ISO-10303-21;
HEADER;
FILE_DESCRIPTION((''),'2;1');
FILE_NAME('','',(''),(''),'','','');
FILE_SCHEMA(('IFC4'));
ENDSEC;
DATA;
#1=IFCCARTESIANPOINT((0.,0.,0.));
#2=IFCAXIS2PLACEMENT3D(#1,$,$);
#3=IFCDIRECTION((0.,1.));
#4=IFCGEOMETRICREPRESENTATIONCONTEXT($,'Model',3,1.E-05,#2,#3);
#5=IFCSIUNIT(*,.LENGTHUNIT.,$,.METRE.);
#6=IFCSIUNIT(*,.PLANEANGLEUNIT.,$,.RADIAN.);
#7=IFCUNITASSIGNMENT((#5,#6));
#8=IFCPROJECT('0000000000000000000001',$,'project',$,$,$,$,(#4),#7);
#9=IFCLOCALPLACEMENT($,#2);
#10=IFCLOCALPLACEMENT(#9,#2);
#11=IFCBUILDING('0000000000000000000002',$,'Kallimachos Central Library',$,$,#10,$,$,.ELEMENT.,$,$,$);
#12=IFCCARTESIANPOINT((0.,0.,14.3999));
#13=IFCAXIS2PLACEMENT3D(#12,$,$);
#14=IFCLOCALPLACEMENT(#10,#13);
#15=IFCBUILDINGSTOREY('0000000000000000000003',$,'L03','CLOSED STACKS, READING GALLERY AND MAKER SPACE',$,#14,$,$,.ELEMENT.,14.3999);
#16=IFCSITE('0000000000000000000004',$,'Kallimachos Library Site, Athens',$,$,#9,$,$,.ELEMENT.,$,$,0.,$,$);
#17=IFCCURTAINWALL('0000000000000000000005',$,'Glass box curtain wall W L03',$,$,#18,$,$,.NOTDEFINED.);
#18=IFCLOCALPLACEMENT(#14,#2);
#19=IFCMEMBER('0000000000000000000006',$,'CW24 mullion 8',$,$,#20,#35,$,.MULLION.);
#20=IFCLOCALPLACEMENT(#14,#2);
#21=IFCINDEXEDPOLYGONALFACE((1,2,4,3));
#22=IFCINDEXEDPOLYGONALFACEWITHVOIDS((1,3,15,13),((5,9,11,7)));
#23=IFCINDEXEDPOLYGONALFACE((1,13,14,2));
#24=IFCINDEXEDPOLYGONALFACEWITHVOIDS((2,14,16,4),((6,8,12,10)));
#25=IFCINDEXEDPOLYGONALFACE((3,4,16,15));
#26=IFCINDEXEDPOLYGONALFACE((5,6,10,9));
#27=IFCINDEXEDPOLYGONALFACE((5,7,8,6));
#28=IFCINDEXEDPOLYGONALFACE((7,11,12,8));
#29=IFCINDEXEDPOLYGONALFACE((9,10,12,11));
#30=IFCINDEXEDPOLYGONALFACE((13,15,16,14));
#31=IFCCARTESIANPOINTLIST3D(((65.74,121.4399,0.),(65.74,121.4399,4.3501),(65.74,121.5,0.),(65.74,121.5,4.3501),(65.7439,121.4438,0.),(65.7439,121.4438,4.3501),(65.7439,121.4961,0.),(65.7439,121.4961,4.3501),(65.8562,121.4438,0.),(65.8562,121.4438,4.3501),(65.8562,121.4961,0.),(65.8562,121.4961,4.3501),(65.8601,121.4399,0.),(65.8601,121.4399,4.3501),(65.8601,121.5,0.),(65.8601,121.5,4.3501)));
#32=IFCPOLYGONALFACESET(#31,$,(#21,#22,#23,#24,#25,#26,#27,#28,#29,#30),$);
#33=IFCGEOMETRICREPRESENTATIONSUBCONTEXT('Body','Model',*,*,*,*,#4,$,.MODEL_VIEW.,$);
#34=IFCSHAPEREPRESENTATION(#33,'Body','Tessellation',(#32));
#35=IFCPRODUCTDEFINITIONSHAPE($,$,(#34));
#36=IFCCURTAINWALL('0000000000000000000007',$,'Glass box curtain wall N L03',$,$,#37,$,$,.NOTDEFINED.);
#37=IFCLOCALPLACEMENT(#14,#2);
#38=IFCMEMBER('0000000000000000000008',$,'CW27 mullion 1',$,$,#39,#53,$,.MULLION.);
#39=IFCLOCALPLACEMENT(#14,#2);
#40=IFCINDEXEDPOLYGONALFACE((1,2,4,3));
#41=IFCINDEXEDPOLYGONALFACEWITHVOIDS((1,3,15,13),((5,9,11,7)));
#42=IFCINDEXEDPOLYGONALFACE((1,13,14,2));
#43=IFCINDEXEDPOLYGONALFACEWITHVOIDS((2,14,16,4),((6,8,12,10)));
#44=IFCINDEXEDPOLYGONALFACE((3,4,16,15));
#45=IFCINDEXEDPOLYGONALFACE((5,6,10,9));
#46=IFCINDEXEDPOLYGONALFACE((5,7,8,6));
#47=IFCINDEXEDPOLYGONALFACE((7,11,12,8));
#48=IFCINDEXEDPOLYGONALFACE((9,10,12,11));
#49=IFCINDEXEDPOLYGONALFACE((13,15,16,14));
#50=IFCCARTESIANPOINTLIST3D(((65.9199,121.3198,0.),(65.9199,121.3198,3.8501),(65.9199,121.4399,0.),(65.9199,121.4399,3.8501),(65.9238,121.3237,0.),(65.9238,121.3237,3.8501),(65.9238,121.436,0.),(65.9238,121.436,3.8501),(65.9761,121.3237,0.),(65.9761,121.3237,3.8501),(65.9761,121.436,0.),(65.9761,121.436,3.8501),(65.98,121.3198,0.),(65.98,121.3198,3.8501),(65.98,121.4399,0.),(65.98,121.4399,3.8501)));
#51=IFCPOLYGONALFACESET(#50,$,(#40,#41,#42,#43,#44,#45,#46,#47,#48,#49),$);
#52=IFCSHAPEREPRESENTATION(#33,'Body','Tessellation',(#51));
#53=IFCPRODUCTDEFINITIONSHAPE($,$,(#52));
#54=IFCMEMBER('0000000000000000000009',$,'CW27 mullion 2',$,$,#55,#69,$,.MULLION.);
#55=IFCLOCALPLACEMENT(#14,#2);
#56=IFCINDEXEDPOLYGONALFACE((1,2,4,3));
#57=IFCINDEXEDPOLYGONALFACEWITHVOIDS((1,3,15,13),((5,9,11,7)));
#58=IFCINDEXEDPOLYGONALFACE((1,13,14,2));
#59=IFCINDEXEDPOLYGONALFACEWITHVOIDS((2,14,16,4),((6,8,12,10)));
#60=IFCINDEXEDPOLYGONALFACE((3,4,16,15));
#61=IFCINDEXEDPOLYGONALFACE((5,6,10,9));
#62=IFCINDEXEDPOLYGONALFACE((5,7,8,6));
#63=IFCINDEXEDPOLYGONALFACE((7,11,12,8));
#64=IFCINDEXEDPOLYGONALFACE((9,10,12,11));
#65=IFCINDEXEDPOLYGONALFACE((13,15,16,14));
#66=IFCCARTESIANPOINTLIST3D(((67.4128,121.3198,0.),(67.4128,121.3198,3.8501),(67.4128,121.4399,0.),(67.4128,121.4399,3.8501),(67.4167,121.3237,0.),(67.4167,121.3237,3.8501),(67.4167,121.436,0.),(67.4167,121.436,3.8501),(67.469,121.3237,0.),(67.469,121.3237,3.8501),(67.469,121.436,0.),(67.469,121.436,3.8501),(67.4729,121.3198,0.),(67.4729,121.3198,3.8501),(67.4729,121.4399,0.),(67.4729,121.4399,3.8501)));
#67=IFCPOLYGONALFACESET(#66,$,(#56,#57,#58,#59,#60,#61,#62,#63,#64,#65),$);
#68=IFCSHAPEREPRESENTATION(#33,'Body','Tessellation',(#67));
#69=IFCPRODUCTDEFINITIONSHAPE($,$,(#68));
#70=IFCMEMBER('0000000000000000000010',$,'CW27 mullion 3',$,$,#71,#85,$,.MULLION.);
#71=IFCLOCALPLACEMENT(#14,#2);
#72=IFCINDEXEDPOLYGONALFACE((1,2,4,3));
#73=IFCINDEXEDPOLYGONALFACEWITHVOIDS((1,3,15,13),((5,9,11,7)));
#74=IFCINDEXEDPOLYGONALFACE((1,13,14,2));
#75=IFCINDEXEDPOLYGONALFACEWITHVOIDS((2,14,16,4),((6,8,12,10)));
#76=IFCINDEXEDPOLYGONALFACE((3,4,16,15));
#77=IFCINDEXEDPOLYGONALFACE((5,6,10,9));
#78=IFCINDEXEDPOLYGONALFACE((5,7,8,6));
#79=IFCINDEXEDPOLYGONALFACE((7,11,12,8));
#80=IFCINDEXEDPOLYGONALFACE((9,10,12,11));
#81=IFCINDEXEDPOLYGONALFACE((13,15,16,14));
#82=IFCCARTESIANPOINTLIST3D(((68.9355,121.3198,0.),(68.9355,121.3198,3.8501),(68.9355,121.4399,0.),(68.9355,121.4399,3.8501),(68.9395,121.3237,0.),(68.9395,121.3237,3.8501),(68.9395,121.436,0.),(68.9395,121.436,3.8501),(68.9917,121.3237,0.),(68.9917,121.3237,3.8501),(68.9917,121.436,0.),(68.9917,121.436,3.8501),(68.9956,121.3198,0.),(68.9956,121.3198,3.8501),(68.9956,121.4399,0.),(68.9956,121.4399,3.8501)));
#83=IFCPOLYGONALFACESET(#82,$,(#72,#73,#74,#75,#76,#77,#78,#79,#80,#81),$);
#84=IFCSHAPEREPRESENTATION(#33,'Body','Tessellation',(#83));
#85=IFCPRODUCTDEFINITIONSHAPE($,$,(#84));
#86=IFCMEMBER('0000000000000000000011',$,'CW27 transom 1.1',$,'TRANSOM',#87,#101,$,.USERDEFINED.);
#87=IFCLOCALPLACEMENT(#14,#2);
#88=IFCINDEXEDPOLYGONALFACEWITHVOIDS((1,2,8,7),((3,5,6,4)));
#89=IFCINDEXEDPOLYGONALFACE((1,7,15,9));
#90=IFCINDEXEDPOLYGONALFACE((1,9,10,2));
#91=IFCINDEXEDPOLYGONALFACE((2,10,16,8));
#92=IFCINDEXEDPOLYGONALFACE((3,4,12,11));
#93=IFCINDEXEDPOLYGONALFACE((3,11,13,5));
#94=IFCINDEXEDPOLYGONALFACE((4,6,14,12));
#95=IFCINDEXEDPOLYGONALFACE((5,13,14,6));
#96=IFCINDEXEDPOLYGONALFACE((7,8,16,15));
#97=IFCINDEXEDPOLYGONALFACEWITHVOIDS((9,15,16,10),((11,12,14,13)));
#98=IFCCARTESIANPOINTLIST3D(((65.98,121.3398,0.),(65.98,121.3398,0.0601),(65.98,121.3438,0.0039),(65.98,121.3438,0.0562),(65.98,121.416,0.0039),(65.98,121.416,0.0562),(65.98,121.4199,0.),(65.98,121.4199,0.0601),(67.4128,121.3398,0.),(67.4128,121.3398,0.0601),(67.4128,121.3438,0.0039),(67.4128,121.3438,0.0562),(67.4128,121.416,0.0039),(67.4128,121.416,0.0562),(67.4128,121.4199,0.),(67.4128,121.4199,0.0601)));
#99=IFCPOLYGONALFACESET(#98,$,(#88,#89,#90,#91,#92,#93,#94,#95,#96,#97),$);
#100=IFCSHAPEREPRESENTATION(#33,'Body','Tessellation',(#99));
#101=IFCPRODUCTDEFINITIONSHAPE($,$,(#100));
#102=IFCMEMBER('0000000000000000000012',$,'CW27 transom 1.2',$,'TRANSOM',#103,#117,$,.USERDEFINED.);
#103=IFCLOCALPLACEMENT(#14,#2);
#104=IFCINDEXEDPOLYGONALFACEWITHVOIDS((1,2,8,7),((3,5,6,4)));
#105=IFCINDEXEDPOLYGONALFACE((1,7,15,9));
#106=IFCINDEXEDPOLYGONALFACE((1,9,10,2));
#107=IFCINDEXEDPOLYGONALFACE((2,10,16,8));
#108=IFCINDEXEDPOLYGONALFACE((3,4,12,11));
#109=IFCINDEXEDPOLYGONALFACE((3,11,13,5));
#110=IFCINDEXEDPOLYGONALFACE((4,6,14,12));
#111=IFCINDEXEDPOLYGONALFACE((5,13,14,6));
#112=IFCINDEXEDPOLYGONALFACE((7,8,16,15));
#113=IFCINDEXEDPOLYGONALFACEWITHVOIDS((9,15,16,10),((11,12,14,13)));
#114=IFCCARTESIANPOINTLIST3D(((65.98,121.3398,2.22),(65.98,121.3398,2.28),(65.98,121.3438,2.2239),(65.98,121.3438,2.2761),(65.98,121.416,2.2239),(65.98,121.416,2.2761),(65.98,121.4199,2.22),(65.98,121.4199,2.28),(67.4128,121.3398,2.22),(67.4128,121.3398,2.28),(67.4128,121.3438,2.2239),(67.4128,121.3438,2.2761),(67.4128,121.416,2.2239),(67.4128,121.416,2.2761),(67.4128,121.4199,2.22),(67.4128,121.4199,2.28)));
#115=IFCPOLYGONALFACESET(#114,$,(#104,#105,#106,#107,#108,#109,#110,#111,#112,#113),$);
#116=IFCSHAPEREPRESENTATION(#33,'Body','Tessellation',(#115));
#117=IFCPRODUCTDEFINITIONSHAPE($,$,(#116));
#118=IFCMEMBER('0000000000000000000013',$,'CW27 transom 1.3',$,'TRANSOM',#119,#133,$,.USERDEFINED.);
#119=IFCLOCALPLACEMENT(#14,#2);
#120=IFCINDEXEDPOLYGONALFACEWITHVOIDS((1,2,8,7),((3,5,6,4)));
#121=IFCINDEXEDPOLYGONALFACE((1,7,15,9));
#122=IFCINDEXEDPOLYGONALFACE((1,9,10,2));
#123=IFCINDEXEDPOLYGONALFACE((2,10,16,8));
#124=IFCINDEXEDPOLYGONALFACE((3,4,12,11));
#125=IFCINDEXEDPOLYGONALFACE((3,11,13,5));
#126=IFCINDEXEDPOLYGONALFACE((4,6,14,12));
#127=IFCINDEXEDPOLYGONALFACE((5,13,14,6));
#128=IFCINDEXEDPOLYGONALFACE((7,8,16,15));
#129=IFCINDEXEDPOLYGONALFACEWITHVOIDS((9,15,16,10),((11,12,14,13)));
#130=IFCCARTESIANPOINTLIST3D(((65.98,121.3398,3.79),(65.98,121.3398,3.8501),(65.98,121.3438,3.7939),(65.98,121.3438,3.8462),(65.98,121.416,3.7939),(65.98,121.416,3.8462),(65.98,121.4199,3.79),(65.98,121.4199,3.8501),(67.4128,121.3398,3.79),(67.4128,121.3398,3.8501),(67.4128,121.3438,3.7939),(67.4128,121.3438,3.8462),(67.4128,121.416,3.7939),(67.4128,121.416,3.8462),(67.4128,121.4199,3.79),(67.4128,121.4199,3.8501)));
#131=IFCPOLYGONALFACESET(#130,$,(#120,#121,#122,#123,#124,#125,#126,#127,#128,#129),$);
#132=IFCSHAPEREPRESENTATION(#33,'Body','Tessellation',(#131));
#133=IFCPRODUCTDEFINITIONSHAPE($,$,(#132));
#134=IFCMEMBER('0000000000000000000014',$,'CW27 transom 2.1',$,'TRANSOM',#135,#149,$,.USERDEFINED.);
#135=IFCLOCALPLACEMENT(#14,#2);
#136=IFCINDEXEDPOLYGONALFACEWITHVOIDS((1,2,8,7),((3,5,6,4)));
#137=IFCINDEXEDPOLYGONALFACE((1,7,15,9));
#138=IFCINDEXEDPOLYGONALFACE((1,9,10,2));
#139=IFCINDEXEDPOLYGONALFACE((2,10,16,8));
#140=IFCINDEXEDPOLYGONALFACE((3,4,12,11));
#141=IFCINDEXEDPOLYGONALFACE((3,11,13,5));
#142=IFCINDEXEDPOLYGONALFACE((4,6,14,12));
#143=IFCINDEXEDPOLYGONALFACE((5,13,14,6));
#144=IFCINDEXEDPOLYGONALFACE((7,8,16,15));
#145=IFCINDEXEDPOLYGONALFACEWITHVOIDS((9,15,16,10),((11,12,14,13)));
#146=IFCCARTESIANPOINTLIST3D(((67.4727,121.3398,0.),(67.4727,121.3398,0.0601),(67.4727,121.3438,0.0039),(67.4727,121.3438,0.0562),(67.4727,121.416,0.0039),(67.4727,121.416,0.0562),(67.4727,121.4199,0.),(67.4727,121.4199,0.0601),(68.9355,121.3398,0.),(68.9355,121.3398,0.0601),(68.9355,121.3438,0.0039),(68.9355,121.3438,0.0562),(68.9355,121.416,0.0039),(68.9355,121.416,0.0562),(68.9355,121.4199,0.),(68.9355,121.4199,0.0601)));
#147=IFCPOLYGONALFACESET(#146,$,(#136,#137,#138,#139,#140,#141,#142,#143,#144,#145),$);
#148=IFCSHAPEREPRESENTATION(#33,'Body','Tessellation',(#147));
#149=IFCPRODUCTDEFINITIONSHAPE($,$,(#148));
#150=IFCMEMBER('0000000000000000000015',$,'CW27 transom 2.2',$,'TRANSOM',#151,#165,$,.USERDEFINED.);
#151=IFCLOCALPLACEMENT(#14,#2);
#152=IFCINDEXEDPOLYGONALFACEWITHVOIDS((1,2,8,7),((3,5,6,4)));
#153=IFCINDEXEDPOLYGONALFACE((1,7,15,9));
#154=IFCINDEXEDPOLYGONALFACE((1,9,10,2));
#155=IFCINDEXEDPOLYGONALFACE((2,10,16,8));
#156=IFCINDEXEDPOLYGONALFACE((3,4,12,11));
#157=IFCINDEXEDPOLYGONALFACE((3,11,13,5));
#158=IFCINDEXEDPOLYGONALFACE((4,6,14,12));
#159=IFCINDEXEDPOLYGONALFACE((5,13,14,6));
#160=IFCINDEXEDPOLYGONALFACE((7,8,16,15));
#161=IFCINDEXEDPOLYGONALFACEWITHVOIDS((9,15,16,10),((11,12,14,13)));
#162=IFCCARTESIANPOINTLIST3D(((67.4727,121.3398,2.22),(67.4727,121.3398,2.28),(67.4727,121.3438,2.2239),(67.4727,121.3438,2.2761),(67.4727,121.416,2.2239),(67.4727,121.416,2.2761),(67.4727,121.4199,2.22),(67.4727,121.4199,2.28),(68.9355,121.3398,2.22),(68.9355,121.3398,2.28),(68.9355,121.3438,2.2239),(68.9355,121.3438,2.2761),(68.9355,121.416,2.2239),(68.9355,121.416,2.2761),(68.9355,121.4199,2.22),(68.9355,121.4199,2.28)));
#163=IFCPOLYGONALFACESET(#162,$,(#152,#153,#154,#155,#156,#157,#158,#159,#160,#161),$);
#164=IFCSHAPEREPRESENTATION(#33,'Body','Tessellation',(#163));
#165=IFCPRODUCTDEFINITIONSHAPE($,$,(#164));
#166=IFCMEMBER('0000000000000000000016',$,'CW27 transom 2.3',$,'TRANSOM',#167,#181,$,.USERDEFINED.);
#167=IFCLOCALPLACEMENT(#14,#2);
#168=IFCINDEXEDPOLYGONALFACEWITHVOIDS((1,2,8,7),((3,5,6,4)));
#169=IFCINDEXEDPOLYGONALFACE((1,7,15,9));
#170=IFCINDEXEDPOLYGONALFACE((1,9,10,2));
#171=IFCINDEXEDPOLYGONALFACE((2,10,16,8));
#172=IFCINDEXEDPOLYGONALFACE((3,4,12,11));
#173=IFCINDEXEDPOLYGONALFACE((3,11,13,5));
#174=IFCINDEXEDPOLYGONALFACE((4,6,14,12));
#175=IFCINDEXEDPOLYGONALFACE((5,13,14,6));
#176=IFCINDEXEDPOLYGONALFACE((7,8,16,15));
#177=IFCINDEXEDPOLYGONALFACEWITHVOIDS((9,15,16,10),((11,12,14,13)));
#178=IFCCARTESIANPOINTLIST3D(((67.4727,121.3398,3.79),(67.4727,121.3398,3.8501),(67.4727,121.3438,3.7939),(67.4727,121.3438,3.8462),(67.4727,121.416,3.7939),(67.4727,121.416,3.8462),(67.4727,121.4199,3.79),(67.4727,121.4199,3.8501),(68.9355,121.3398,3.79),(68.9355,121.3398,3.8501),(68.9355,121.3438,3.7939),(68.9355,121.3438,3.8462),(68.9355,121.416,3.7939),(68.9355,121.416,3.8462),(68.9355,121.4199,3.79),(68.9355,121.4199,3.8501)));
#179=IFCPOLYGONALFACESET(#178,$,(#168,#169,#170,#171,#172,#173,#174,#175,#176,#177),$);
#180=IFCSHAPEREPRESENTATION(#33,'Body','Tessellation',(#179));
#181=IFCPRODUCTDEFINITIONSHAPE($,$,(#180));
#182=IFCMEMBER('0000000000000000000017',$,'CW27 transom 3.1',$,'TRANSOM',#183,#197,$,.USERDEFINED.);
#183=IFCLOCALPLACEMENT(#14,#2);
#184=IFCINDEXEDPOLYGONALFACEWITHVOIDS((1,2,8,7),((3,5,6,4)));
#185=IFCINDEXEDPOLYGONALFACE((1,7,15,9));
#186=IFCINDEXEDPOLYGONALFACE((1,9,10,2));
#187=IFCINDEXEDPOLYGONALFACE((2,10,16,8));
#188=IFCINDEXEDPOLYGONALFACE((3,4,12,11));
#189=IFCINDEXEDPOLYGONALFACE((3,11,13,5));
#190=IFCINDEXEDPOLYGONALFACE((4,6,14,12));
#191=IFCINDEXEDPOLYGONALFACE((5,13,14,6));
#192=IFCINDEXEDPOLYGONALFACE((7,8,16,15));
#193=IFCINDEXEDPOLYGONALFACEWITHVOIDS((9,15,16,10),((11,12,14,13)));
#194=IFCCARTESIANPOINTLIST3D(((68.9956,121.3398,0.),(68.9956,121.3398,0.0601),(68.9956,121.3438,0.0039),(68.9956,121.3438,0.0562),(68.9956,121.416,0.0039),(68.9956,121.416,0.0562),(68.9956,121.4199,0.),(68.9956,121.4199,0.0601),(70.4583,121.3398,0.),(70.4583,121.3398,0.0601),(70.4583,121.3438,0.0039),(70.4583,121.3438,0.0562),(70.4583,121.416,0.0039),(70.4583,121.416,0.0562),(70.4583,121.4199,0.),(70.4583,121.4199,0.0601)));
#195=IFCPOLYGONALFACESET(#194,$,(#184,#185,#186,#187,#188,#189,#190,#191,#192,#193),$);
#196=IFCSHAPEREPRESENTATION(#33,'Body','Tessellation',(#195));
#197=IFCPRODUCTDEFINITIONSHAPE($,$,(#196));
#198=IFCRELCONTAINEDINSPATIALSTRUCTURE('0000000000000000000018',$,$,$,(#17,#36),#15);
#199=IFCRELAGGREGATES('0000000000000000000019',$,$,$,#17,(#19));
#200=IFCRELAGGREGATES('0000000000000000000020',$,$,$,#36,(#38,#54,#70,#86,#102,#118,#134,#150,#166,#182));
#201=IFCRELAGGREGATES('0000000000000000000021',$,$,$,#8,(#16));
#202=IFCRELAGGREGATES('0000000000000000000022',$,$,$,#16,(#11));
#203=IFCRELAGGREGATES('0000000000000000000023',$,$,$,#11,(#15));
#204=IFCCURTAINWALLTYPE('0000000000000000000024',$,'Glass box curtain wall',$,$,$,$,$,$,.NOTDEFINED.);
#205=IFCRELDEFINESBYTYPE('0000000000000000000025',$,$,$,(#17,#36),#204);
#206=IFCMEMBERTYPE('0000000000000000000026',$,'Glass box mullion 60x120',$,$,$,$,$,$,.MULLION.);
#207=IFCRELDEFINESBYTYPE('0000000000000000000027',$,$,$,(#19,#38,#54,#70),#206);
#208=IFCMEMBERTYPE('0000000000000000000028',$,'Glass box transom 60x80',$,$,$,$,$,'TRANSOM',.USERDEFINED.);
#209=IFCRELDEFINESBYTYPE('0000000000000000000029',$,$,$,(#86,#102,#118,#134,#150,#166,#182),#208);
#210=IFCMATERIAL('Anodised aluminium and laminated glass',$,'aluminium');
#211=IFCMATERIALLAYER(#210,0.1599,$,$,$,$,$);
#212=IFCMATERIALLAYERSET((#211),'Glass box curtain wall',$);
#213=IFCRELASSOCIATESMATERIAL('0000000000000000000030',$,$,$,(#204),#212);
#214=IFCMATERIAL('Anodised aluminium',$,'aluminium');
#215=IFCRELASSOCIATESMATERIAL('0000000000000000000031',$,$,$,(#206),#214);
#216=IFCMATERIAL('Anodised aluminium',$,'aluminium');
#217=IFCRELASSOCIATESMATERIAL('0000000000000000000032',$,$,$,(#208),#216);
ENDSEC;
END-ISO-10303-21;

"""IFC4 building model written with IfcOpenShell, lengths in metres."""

from ifc_helpers import new_model, si_unit, direction, frame, origin, origin_2d, place, context, subcontext, project, spatial, hollow_rectangle, extrude, material, layer, layer_set, material_profile, profile_set, type_object, element, aggregate, save


model = new_model("IFC4")

# Units and contexts
model_context = context("Model", 3, precision=1e-05, world=origin(), true_north=direction((0.0, 1.0)))
body_context = subcontext(model_context, "Body", "Model", "MODEL_VIEW")
ifc_project = project(units=[si_unit("LENGTHUNIT", "METRE"), si_unit("PLANEANGLEUNIT", "RADIAN")], contexts=[model_context])

# Site, building, storey
site_placement = place(None, origin())
site = spatial("IfcSite", under=ifc_project, at=site_placement, Name="Kallimachos Library Site, Athens", CompositionType="ELEMENT", RefElevation=0.0)
building_placement = place(site_placement, origin())
building = spatial("IfcBuilding", under=site, at=building_placement, Name="Kallimachos Central Library", CompositionType="ELEMENT")
storey_placement = place(building_placement, frame((0.0, 0.0, 14.3999)))
storey = spatial("IfcBuildingStorey", under=building, at=storey_placement, Name="L03", Description="CLOSED STACKS, READING GALLERY AND MAKER SPACE", CompositionType="ELEMENT", Elevation=14.3999)

# Curtain wall, member
ifc_material_1 = material(Name="Anodised aluminium and laminated glass", Category="aluminium")
ifc_layer_1 = layer(ifc_material_1, 0.1599)
ifc_layer_set_1 = layer_set([ifc_layer_1], Name="Glass box curtain wall")
curtain_wall_type = type_object("IfcCurtainWallType", Name="Glass box curtain wall", PredefinedType="NOTDEFINED", material=ifc_layer_set_1)
curtain_wall_1_placement = place(storey_placement, origin())
curtain_wall_1 = element("IfcCurtainWall", 1, at=curtain_wall_1_placement, inside=storey, type_object=curtain_wall_type, Name="Glass box curtain wall W L03", PredefinedType="NOTDEFINED")
ifc_material_2 = material(Name="Anodised aluminium", Category="aluminium")
ifc_material_profile_1 = material_profile(ifc_material_2, hollow_rectangle(XDim=0.0601, YDim=0.1201, WallThickness=0.0039, at=origin_2d()), Name="ALU MULLION 60x120")
ifc_profile_set_1 = profile_set([ifc_material_profile_1], Name="Anodised aluminium")
member_type_1 = type_object("IfcMemberType", Name="Glass box mullion 60x120", PredefinedType="MULLION", material=ifc_profile_set_1)
member_1_placement = place(storey_placement, frame((65.8, 121.47, 0.0), z_axis=(0.0, 0.0, 1.0), x_axis=(0.0, 1.0, 0.0)))
member_1 = element("IfcMember", 2, at=member_1_placement, type_object=member_type_1, Name="CW24 mullion 8", PredefinedType="MULLION", context=body_context, shape_type="SweptSolid", body=[
    extrude(hollow_rectangle(XDim=0.0601, YDim=0.1201, WallThickness=0.0039, at=origin_2d()), origin(), (0.0, 0.0, 1.0), 4.3501),
])

# Curtain wall, members
curtain_wall_2_placement = place(storey_placement, origin())
curtain_wall_2 = element("IfcCurtainWall", 3, at=curtain_wall_2_placement, inside=storey, type_object=curtain_wall_type, Name="Glass box curtain wall N L03", PredefinedType="NOTDEFINED")
member_2_placement = place(storey_placement, frame((65.95, 121.3799, 0.0), z_axis=(0.0, 0.0, 1.0), x_axis=(1.0, 0.0, 0.0)))
member_2 = element("IfcMember", 4, at=member_2_placement, type_object=member_type_1, Name="CW27 mullion 1", PredefinedType="MULLION", context=body_context, shape_type="SweptSolid", body=[
    extrude(hollow_rectangle(XDim=0.0601, YDim=0.1201, WallThickness=0.0039, at=origin_2d()), origin(), (0.0, 0.0, 1.0), 3.8501),
])
member_3_placement = place(storey_placement, frame((67.4429, 121.3799, 0.0), z_axis=(0.0, 0.0, 1.0), x_axis=(1.0, 0.0, 0.0)))
member_3 = element("IfcMember", 5, at=member_3_placement, type_object=member_type_1, Name="CW27 mullion 2", PredefinedType="MULLION", context=body_context, shape_type="SweptSolid", body=[
    extrude(hollow_rectangle(XDim=0.0601, YDim=0.1201, WallThickness=0.0039, at=origin_2d()), origin(), (0.0, 0.0, 1.0), 3.8501),
])
member_4_placement = place(storey_placement, frame((68.9656, 121.3799, 0.0), z_axis=(0.0, 0.0, 1.0), x_axis=(1.0, 0.0, 0.0)))
member_4 = element("IfcMember", 6, at=member_4_placement, type_object=member_type_1, Name="CW27 mullion 3", PredefinedType="MULLION", context=body_context, shape_type="SweptSolid", body=[
    extrude(hollow_rectangle(XDim=0.0601, YDim=0.1201, WallThickness=0.0039, at=origin_2d()), origin(), (0.0, 0.0, 1.0), 3.8501),
])
ifc_material_3 = material(Name="Anodised aluminium", Category="aluminium")
ifc_material_profile_2 = material_profile(ifc_material_3, hollow_rectangle(XDim=0.0601, YDim=0.0801, WallThickness=0.0039, at=origin_2d()), Name="ALU TRANSOM 60x80")
ifc_profile_set_2 = profile_set([ifc_material_profile_2], Name="Anodised aluminium")
member_type_2 = type_object("IfcMemberType", Name="Glass box transom 60x80", ElementType="TRANSOM", PredefinedType="USERDEFINED", material=ifc_profile_set_2)
member_5_placement = place(storey_placement, frame((65.98, 121.3799, 0.03), z_axis=(1.0, 0.0, 0.0), x_axis=(0.0, 0.0, 1.0)))
member_5 = element("IfcMember", 7, at=member_5_placement, type_object=member_type_2, Name="CW27 transom 1.1", ObjectType="TRANSOM", PredefinedType="USERDEFINED", context=body_context, shape_type="SweptSolid", body=[
    extrude(hollow_rectangle(XDim=0.0601, YDim=0.0801, WallThickness=0.0039, at=origin_2d()), origin(), (0.0, 0.0, 1.0), 1.4329),
])
member_6_placement = place(storey_placement, frame((65.98, 121.3799, 2.25), z_axis=(1.0, 0.0, 0.0), x_axis=(0.0, 0.0, 1.0)))
member_6 = element("IfcMember", 8, at=member_6_placement, type_object=member_type_2, Name="CW27 transom 1.2", ObjectType="TRANSOM", PredefinedType="USERDEFINED", context=body_context, shape_type="SweptSolid", body=[
    extrude(hollow_rectangle(XDim=0.0601, YDim=0.0801, WallThickness=0.0039, at=origin_2d()), origin(), (0.0, 0.0, 1.0), 1.4329),
])
member_7_placement = place(storey_placement, frame((65.98, 121.3799, 3.8201), z_axis=(1.0, 0.0, 0.0), x_axis=(0.0, 0.0, 1.0)))
member_7 = element("IfcMember", 9, at=member_7_placement, type_object=member_type_2, Name="CW27 transom 1.3", ObjectType="TRANSOM", PredefinedType="USERDEFINED", context=body_context, shape_type="SweptSolid", body=[
    extrude(hollow_rectangle(XDim=0.0601, YDim=0.0801, WallThickness=0.0039, at=origin_2d()), origin(), (0.0, 0.0, 1.0), 1.4329),
])
member_8_placement = place(storey_placement, frame((67.4727, 121.3799, 0.03), z_axis=(1.0, 0.0, 0.0), x_axis=(0.0, 0.0, 1.0)))
member_8 = element("IfcMember", 10, at=member_8_placement, type_object=member_type_2, Name="CW27 transom 2.1", ObjectType="TRANSOM", PredefinedType="USERDEFINED", context=body_context, shape_type="SweptSolid", body=[
    extrude(hollow_rectangle(XDim=0.0601, YDim=0.0801, WallThickness=0.0039, at=origin_2d()), origin(), (0.0, 0.0, 1.0), 1.4629),
])
member_9_placement = place(storey_placement, frame((67.4727, 121.3799, 2.25), z_axis=(1.0, 0.0, 0.0), x_axis=(0.0, 0.0, 1.0)))
member_9 = element("IfcMember", 11, at=member_9_placement, type_object=member_type_2, Name="CW27 transom 2.2", ObjectType="TRANSOM", PredefinedType="USERDEFINED", context=body_context, shape_type="SweptSolid", body=[
    extrude(hollow_rectangle(XDim=0.0601, YDim=0.0801, WallThickness=0.0039, at=origin_2d()), origin(), (0.0, 0.0, 1.0), 1.4629),
])
member_10_placement = place(storey_placement, frame((67.4727, 121.3799, 3.8201), z_axis=(1.0, 0.0, 0.0), x_axis=(0.0, 0.0, 1.0)))
member_10 = element("IfcMember", 12, at=member_10_placement, type_object=member_type_2, Name="CW27 transom 2.3", ObjectType="TRANSOM", PredefinedType="USERDEFINED", context=body_context, shape_type="SweptSolid", body=[
    extrude(hollow_rectangle(XDim=0.0601, YDim=0.0801, WallThickness=0.0039, at=origin_2d()), origin(), (0.0, 0.0, 1.0), 1.4629),
])
member_11_placement = place(storey_placement, frame((68.9956, 121.3799, 0.03), z_axis=(1.0, 0.0, 0.0), x_axis=(0.0, 0.0, 1.0)))
member_11 = element("IfcMember", 13, at=member_11_placement, type_object=member_type_2, Name="CW27 transom 3.1", ObjectType="TRANSOM", PredefinedType="USERDEFINED", context=body_context, shape_type="SweptSolid", body=[
    extrude(hollow_rectangle(XDim=0.0601, YDim=0.0801, WallThickness=0.0039, at=origin_2d()), origin(), (0.0, 0.0, 1.0), 1.4626),
])

aggregate(curtain_wall_1, [member_1])
aggregate(curtain_wall_2, [member_2, member_3, member_4, member_5, member_6, member_7, member_8, member_9, member_10, member_11])

save(model, "model.ifc")
